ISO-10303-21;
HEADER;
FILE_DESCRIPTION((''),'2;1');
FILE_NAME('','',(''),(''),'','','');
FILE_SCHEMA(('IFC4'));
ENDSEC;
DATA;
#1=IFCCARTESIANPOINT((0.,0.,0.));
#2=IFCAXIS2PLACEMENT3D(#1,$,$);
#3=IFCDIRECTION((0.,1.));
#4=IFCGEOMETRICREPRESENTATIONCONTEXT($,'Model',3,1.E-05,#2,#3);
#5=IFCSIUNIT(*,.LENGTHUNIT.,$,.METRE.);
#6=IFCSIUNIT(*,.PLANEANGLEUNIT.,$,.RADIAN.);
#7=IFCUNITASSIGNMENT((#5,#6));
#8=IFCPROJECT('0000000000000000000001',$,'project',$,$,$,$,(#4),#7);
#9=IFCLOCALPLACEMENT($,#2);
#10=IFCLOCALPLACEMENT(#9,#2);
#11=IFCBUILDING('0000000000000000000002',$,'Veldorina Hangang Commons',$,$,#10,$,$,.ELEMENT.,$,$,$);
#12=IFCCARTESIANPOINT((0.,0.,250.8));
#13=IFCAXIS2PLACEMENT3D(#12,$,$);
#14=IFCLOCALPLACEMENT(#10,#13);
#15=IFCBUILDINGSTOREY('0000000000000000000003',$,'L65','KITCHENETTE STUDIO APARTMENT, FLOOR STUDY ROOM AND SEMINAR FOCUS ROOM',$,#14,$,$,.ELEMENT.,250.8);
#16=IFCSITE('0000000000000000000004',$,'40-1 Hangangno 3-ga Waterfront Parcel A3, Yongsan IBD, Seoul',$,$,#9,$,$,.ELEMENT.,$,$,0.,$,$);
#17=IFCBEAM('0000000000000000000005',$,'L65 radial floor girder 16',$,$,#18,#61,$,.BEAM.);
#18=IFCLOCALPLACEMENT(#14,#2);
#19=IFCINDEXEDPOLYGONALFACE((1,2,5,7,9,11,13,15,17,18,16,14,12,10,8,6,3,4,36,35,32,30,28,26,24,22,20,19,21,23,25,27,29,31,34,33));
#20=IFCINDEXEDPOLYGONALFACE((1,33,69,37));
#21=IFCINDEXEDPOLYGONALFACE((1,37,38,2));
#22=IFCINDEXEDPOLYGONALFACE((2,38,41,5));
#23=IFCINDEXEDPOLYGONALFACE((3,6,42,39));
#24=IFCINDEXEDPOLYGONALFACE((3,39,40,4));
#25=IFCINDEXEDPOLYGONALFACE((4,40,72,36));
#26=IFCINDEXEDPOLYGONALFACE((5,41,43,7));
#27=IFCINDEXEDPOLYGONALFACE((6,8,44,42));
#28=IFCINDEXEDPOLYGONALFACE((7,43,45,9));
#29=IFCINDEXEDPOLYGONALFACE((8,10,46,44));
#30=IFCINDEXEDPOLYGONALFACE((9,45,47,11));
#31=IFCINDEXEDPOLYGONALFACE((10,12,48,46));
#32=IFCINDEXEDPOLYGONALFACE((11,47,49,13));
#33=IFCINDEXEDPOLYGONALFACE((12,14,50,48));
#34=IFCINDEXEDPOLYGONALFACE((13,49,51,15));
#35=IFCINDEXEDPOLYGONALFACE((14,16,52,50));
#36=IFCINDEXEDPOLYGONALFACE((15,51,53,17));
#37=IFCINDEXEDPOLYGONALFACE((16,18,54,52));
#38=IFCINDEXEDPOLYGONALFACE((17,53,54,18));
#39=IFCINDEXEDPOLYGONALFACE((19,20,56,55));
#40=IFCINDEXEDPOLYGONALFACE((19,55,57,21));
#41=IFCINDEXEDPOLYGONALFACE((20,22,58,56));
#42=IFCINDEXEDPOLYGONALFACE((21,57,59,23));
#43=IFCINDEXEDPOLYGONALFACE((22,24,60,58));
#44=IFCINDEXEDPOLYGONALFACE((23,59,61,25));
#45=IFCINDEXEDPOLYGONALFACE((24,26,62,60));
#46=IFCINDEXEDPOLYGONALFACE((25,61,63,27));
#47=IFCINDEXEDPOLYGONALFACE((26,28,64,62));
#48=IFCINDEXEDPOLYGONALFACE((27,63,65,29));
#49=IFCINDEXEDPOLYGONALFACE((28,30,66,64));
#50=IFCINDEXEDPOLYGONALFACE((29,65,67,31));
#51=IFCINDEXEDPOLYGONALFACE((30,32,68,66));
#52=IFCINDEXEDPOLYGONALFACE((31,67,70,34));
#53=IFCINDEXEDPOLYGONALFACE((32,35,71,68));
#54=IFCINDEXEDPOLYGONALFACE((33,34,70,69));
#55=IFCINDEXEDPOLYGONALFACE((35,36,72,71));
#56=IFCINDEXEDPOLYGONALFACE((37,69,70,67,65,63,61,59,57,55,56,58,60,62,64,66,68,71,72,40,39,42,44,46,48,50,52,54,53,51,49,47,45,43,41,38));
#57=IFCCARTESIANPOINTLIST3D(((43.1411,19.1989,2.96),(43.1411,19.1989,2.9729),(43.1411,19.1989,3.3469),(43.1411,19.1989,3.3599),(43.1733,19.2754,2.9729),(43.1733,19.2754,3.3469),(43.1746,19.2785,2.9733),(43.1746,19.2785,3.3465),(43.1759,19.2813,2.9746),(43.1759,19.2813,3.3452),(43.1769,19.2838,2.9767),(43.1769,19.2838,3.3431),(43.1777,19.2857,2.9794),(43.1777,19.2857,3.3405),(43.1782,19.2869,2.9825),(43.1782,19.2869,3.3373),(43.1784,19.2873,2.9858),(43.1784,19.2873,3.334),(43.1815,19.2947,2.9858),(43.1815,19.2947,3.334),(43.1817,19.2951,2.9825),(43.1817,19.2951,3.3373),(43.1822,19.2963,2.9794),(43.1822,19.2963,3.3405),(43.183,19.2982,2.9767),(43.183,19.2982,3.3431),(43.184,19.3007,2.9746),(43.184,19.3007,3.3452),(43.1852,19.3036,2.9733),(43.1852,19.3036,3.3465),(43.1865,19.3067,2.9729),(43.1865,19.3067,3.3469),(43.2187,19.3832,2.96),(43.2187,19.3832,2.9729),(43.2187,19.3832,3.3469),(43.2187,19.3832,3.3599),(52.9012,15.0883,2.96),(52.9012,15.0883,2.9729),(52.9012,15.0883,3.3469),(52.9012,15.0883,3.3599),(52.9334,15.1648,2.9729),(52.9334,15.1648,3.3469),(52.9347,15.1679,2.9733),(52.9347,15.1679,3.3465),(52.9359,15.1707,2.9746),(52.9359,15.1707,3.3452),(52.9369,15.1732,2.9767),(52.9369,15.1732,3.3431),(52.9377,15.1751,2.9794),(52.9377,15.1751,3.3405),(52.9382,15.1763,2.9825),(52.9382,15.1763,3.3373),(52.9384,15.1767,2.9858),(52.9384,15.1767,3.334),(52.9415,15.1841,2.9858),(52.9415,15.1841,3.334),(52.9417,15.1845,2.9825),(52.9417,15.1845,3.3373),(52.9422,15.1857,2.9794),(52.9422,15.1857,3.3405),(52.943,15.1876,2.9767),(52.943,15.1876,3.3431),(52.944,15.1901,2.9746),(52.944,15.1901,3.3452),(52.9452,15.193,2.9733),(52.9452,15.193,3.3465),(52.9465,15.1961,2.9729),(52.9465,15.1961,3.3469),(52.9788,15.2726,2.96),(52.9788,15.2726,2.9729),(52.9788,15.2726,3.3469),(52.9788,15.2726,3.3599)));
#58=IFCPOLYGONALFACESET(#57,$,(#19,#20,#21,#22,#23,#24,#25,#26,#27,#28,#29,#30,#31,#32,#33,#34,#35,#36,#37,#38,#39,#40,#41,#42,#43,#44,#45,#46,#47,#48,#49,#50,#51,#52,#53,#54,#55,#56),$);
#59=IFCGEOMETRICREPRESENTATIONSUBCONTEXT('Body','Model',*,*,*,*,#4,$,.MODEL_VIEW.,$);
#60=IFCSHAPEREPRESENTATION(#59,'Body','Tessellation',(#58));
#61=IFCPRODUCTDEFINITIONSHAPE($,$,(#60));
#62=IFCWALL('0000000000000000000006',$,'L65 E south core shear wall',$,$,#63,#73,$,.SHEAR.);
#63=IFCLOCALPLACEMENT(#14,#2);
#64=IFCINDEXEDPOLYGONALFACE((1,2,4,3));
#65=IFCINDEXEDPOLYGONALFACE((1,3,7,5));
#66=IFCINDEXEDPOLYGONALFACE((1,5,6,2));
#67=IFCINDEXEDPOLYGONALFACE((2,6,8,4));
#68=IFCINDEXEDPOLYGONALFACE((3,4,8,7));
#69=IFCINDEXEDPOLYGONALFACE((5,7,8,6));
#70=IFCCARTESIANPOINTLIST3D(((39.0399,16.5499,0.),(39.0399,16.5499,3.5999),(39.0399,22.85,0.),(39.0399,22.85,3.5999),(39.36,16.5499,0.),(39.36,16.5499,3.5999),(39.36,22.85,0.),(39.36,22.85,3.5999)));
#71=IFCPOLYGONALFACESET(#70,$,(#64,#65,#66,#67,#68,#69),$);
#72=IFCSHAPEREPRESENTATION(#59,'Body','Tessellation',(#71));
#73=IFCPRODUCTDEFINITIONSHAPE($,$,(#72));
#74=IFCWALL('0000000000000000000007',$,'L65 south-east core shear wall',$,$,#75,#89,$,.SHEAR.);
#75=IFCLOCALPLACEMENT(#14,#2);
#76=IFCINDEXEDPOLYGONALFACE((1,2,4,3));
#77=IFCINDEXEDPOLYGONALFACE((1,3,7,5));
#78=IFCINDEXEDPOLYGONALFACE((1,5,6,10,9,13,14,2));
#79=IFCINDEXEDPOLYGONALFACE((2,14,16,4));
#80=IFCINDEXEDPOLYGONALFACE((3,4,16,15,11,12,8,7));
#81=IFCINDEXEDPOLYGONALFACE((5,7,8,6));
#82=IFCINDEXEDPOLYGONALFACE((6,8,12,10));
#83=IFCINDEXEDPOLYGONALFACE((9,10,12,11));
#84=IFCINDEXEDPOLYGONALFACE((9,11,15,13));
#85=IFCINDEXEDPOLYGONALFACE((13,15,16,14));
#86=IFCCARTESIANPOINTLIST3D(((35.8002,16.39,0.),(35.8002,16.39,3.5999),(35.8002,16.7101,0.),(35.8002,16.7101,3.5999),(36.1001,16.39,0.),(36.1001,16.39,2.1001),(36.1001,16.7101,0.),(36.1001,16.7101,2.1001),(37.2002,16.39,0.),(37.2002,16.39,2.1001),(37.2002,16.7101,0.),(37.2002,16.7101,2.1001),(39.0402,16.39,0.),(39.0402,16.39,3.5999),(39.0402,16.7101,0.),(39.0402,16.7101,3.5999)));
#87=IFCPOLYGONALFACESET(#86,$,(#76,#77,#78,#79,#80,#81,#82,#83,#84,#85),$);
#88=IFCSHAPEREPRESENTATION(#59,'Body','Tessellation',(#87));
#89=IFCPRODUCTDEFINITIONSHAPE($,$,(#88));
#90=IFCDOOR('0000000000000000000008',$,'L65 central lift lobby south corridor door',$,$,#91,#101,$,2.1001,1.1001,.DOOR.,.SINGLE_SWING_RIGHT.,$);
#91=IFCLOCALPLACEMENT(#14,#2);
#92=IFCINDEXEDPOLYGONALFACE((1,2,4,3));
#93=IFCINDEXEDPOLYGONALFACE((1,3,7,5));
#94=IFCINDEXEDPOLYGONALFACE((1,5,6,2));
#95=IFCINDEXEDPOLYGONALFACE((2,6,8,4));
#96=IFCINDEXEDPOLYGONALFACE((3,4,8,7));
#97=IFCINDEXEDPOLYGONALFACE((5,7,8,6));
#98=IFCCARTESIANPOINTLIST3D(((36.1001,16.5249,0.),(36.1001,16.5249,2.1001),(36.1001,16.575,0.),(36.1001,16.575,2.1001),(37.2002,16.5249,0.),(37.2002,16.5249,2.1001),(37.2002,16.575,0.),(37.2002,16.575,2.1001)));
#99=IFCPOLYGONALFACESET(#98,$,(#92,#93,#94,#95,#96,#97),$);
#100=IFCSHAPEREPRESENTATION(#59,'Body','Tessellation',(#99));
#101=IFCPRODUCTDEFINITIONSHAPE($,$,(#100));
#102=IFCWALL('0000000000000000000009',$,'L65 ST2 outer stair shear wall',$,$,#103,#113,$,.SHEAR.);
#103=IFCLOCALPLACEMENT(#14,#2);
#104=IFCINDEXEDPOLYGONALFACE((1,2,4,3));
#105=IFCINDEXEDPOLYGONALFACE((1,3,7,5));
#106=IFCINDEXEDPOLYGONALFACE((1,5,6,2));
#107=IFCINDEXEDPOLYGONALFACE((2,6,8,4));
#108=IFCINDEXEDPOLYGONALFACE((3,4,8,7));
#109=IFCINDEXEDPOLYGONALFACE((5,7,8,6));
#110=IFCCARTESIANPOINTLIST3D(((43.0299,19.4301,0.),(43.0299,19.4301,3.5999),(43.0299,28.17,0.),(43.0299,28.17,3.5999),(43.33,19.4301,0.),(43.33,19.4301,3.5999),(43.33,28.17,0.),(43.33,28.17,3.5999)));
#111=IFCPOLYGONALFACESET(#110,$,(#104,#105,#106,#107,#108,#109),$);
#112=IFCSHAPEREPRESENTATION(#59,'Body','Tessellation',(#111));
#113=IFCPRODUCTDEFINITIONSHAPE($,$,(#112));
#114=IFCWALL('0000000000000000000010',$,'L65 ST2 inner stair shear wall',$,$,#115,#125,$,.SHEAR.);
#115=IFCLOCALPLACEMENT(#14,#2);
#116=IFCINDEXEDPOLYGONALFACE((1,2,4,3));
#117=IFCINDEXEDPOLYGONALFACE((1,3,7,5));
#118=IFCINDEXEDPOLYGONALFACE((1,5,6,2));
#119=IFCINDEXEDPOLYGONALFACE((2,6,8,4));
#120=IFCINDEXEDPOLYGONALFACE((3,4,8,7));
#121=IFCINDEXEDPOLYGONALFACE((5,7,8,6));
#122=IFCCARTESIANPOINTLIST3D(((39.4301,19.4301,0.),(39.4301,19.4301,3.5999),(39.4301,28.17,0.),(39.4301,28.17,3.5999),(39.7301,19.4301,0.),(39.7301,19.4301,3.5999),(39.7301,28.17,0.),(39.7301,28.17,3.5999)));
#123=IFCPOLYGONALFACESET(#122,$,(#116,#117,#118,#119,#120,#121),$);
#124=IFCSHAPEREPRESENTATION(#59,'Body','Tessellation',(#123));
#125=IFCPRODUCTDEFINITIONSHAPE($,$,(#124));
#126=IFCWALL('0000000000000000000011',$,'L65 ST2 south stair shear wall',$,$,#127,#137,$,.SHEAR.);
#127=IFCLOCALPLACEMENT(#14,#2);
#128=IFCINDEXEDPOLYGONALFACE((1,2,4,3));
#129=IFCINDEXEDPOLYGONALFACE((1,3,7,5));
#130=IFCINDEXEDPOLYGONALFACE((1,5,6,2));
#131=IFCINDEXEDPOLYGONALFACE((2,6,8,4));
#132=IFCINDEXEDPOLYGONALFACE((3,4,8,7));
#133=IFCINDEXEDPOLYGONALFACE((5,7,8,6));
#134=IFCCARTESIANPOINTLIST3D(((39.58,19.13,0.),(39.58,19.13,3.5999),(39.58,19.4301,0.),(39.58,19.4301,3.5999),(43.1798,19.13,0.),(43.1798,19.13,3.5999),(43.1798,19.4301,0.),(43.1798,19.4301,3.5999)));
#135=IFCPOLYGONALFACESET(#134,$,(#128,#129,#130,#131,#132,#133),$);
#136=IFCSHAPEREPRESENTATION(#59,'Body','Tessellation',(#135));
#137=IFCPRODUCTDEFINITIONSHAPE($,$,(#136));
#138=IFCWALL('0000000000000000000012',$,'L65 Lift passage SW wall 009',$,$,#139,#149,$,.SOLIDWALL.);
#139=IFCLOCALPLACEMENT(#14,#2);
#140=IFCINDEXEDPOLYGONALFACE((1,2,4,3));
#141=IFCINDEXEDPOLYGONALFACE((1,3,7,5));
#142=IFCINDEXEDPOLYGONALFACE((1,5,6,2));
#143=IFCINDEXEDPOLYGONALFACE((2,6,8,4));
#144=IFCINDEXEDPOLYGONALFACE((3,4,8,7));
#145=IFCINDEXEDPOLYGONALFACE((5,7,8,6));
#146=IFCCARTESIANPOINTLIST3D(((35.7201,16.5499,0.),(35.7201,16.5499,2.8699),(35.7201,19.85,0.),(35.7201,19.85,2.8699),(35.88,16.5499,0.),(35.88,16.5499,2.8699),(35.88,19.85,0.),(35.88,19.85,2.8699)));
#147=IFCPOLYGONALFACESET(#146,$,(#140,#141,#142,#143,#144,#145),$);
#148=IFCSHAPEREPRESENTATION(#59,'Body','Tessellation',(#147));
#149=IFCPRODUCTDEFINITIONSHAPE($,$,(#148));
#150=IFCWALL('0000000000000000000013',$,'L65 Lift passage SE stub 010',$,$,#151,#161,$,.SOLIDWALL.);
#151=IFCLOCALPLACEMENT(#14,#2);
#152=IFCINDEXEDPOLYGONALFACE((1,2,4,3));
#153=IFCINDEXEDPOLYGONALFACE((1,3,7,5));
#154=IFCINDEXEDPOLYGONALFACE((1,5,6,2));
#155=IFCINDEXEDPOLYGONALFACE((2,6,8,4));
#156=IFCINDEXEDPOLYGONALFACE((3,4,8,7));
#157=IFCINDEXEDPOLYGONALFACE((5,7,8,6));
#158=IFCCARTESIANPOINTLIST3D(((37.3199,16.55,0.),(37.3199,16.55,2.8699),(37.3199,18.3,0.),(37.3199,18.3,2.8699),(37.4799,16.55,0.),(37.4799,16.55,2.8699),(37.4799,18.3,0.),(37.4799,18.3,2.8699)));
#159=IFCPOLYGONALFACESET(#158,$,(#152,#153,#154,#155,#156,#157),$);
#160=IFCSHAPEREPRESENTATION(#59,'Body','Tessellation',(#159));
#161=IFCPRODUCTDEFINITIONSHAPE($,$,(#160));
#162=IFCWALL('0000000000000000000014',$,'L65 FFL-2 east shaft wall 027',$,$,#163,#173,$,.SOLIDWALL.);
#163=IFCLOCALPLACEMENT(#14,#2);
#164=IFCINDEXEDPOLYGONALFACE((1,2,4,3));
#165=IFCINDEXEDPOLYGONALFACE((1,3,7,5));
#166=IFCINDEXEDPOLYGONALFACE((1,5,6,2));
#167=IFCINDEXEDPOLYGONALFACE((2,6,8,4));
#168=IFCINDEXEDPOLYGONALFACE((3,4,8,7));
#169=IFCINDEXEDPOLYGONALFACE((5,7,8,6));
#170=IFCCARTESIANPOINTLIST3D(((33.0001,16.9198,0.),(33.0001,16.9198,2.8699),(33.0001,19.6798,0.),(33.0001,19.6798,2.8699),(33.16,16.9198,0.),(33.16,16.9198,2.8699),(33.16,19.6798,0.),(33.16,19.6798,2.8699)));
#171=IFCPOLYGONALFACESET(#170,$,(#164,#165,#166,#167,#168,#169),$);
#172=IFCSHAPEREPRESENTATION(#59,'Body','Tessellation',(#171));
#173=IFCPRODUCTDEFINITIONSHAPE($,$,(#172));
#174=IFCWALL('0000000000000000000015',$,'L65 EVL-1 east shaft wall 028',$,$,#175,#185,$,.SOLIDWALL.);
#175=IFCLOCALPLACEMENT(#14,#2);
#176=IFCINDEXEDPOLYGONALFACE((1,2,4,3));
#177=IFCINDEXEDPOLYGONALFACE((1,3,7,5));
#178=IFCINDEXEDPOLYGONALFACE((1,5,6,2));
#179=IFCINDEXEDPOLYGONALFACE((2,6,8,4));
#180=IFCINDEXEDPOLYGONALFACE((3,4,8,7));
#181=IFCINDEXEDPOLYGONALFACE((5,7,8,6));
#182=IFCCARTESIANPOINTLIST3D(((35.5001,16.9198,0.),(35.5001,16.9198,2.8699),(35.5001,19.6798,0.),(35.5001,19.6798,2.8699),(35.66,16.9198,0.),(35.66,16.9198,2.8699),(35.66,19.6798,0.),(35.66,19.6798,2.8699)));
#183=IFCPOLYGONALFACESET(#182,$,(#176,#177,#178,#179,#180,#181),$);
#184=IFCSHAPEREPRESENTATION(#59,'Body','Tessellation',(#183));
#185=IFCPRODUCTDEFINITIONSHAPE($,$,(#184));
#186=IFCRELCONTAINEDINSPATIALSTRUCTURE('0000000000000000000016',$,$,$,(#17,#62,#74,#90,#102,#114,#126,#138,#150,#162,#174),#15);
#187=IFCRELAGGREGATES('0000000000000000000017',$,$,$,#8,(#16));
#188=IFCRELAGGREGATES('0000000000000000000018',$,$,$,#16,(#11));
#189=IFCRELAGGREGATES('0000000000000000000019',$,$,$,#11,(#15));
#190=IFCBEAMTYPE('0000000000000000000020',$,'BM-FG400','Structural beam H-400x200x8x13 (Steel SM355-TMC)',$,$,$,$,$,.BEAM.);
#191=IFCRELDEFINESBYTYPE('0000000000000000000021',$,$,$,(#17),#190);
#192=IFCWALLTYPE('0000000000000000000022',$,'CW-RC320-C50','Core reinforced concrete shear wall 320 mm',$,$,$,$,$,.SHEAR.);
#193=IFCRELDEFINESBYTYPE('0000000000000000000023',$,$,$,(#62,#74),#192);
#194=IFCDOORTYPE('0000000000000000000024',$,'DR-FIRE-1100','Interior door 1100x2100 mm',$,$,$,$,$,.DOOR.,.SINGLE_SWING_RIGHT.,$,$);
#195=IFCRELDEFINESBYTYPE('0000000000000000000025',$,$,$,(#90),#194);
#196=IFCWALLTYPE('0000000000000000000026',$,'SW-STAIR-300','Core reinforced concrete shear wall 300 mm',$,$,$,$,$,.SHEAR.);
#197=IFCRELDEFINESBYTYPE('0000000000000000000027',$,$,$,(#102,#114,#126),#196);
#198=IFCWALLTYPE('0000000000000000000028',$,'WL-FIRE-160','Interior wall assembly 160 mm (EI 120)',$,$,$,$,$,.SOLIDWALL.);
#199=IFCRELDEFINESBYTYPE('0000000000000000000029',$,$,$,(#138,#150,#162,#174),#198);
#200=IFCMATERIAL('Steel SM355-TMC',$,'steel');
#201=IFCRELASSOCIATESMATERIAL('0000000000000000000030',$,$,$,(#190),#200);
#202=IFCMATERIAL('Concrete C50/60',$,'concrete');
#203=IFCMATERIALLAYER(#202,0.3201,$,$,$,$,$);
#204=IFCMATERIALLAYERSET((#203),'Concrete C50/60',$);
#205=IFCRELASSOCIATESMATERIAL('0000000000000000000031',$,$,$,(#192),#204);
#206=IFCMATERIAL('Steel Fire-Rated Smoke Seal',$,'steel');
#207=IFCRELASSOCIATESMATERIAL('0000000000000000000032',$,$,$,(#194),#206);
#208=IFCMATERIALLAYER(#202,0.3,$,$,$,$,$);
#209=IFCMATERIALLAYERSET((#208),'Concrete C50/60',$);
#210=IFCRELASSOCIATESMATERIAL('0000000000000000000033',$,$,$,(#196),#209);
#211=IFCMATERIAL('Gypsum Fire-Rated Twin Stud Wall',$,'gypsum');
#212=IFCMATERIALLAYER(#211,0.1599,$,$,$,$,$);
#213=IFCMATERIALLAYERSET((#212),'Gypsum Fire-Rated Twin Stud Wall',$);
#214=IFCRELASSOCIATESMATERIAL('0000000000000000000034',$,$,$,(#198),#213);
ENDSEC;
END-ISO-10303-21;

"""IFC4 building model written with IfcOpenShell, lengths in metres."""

from ifc_helpers import new_model, si_unit, direction, frame, frame_2d, origin, origin_2d, place, context, subcontext, project, spatial, rectangle, i_section, extrude, material, layer, layer_set, material_profile, profile_set, type_object, element, fill, save


model = new_model("IFC4")

# Units and contexts
model_context = context("Model", 3, precision=1e-05, world=origin(), true_north=direction((0.0, 1.0)))
body_context = subcontext(model_context, "Body", "Model", "MODEL_VIEW")
ifc_project = project(units=[si_unit("LENGTHUNIT", "METRE"), si_unit("PLANEANGLEUNIT", "RADIAN")], contexts=[model_context])

# Site, building, storey
site_placement = place(None, origin())
site = spatial("IfcSite", under=ifc_project, at=site_placement, Name="40-1 Hangangno 3-ga Waterfront Parcel A3, Yongsan IBD, Seoul", CompositionType="ELEMENT", RefElevation=0.0)
building_placement = place(site_placement, origin())
building = spatial("IfcBuilding", under=site, at=building_placement, Name="Veldorina Hangang Commons", CompositionType="ELEMENT")
storey_placement = place(building_placement, frame((0.0, 0.0, 250.8)))
storey = spatial("IfcBuildingStorey", under=building, at=storey_placement, Name="L65", Description="KITCHENETTE STUDIO APARTMENT, FLOOR STUDY ROOM AND SEMINAR FOCUS ROOM", CompositionType="ELEMENT", Elevation=250.8)

# Beam
ifc_material_1 = material(Name="Concrete C50/60", Category="concrete")
ifc_material_2 = material(Name="Steel SM355-TMC", Category="steel")
ifc_material_profile_1 = material_profile(ifc_material_2, i_section(OverallWidth=0.2, OverallDepth=0.3999, WebThickness=0.0081, FlangeThickness=0.0129, FilletRadius=0.0129, at=origin_2d()), Name="H-400x200x8x13")
ifc_profile_set_1 = profile_set([ifc_material_profile_1], Name="Steel SM355-TMC")
beam_type_1 = type_object("IfcBeamType", Name="BM-FG400", Description="Structural beam H-400x200x8x13 (Steel SM355-TMC)", PredefinedType="BEAM", material=ifc_profile_set_1)
beam_1_placement = place(storey_placement, frame((43.1799, 19.291, 3.1599), z_axis=(0.921598, -0.388147, 0.0), x_axis=(0.388147, 0.921598, 0.0)))
element("IfcBeam", 1, at=beam_1_placement, inside=storey, type_object=beam_type_1, Name="L65 radial floor girder 16", PredefinedType="BEAM", context=body_context, shape_type="SweptSolid", body=[
    extrude(i_section(OverallWidth=0.2, OverallDepth=0.3999, WebThickness=0.0081, FlangeThickness=0.0129, FilletRadius=0.0129, at=origin_2d()), origin(), (0.0, 0.0, 1.0), 10.5903),
])

# Wall
ifc_layer_1 = layer(ifc_material_1, 0.3201)
ifc_layer_set_1 = layer_set([ifc_layer_1], Name="Concrete C50/60")
wall_type_1 = type_object("IfcWallType", Name="CW-RC320-C50", Description="Core reinforced concrete shear wall 320 mm", PredefinedType="SHEAR", material=ifc_layer_set_1)
wall_1_placement = place(storey_placement, frame((39.2, 16.55, 0.0), z_axis=(0.0, 0.0, 1.0), x_axis=(0.0, 1.0, 0.0)))
element("IfcWall", 2, at=wall_1_placement, inside=storey, type_object=wall_type_1, Name="L65 E south core shear wall", PredefinedType="SHEAR", context=body_context, shape_type="SweptSolid", body=[
    extrude(rectangle(XDim=6.3, YDim=0.3201, at=frame_2d((3.1499, 0.0))), origin(), (0.0, 0.0, 1.0), 3.5999),
])

# Wall, opening, door
wall_2_placement = place(storey_placement, frame((35.8, 16.55, 0.0), z_axis=(0.0, 0.0, 1.0), x_axis=(1.0, 0.0, 0.0)))
wall_2 = element("IfcWall", 3, at=wall_2_placement, inside=storey, type_object=wall_type_1, Name="L65 south-east core shear wall", PredefinedType="SHEAR", context=body_context, shape_type="SweptSolid", body=[
    extrude(rectangle(XDim=3.24, YDim=0.3201, at=frame_2d((1.6201, 0.0))), origin(), (0.0, 0.0, 1.0), 3.5999),
])
opening_1_placement = place(wall_2_placement, frame((0.3, 0.0, 0.0)))
opening_1 = element("IfcOpeningElement", 4, at=opening_1_placement, cuts=wall_2, PredefinedType="OPENING", context=body_context, shape_type="SweptSolid", body=[
    extrude(rectangle(XDim=1.1001, YDim=2.1001, at=frame_2d((0.55, 1.05))), frame((0.0, 0.1699, 0.0), z_axis=(0.0, -1.0, 0.0), x_axis=(1.0, 0.0, 0.0)), (0.0, 0.0, 1.0), 0.3401),
])
ifc_material_3 = material(Name="Steel Fire-Rated Smoke Seal", Category="steel")
door_type_1 = type_object("IfcDoorType", Name="DR-FIRE-1100", Description="Interior door 1100x2100 mm", OperationType="SINGLE_SWING_RIGHT", PredefinedType="DOOR", material=ifc_material_3)
door_1_placement = place(opening_1_placement, origin())
door_1 = element("IfcDoor", 5, at=door_1_placement, inside=storey, type_object=door_type_1, Name="L65 central lift lobby south corridor door", OperationType="SINGLE_SWING_RIGHT", OverallHeight=2.1001, OverallWidth=1.1001, PredefinedType="DOOR", context=body_context, shape_type="SweptSolid", body=[
    extrude(rectangle(XDim=1.1001, YDim=2.1001, at=frame_2d((0.55, 1.05))), frame((0.0, 0.0249, 0.0), z_axis=(0.0, -1.0, 0.0), x_axis=(1.0, 0.0, 0.0)), (0.0, 0.0, 1.0), 0.05),
])
fill(opening_1, door_1)

# Walls
ifc_layer_2 = layer(ifc_material_1, 0.3)
ifc_layer_set_2 = layer_set([ifc_layer_2], Name="Concrete C50/60")
wall_type_2 = type_object("IfcWallType", Name="SW-STAIR-300", Description="Core reinforced concrete shear wall 300 mm", PredefinedType="SHEAR", material=ifc_layer_set_2)
for number, where, z_axis, x_axis, name in (
    (6, (43.1799, 19.4299, 0.0), (0.0, 0.0, 1.0), (0.0, 1.0, 0.0), "L65 ST2 outer stair shear wall"),
    (7, (39.5801, 19.4299, 0.0), (0.0, 0.0, 1.0), (0.0, 1.0, 0.0), "L65 ST2 inner stair shear wall"),
):
    element("IfcWall", number, at=place(storey_placement, frame(where, z_axis=z_axis, x_axis=x_axis)), inside=storey, type_object=wall_type_2, Name=name, PredefinedType="SHEAR", context=body_context, shape_type="SweptSolid", body=[
        extrude(rectangle(XDim=8.74, YDim=0.3, at=frame_2d((4.3701, 0.0))), origin(), (0.0, 0.0, 1.0), 3.5999),
    ])
wall_3_placement = place(storey_placement, frame((39.5801, 19.28, 0.0), z_axis=(0.0, 0.0, 1.0), x_axis=(1.0, 0.0, 0.0)))
element("IfcWall", 8, at=wall_3_placement, inside=storey, type_object=wall_type_2, Name="L65 ST2 south stair shear wall", PredefinedType="SHEAR", context=body_context, shape_type="SweptSolid", body=[
    extrude(rectangle(XDim=3.5999, YDim=0.3, at=frame_2d((1.7998, 0.0))), origin(), (0.0, 0.0, 1.0), 3.5999),
])
ifc_material_4 = material(Name="Gypsum Fire-Rated Twin Stud Wall", Category="gypsum")
ifc_layer_3 = layer(ifc_material_4, 0.1599)
ifc_layer_set_3 = layer_set([ifc_layer_3], Name="Gypsum Fire-Rated Twin Stud Wall")
wall_type_3 = type_object("IfcWallType", Name="WL-FIRE-160", Description="Interior wall assembly 160 mm (EI 120)", PredefinedType="SOLIDWALL", material=ifc_layer_set_3)
wall_4_placement = place(storey_placement, frame((35.8, 16.55, 0.0), z_axis=(0.0, 0.0, 1.0), x_axis=(0.0, 1.0, 0.0)))
element("IfcWall", 9, at=wall_4_placement, inside=storey, type_object=wall_type_3, Name="L65 Lift passage SW wall 009", PredefinedType="SOLIDWALL", context=body_context, shape_type="SweptSolid", body=[
    extrude(rectangle(XDim=3.3, YDim=0.1599, at=frame_2d((1.6499, 0.0))), origin(), (0.0, 0.0, 1.0), 2.8699),
])
wall_5_placement = place(storey_placement, frame((37.3999, 16.55, 0.0), z_axis=(0.0, 0.0, 1.0), x_axis=(0.0, 1.0, 0.0)))
element("IfcWall", 10, at=wall_5_placement, inside=storey, type_object=wall_type_3, Name="L65 Lift passage SE stub 010", PredefinedType="SOLIDWALL", context=body_context, shape_type="SweptSolid", body=[
    extrude(rectangle(XDim=1.75, YDim=0.1599, at=frame_2d((0.875, 0.0))), origin(), (0.0, 0.0, 1.0), 2.8699),
])
for number, where, z_axis, x_axis, name in (
    (11, (33.0801, 16.9199, 0.0), (0.0, 0.0, 1.0), (0.0, 1.0, 0.0), "L65 FFL-2 east shaft wall 027"),
    (12, (35.5801, 16.9199, 0.0), (0.0, 0.0, 1.0), (0.0, 1.0, 0.0), "L65 EVL-1 east shaft wall 028"),
):
    element("IfcWall", number, at=place(storey_placement, frame(where, z_axis=z_axis, x_axis=x_axis)), inside=storey, type_object=wall_type_3, Name=name, PredefinedType="SOLIDWALL", context=body_context, shape_type="SweptSolid", body=[
        extrude(rectangle(XDim=2.76, YDim=0.1599, at=frame_2d((1.3799, 0.0))), origin(), (0.0, 0.0, 1.0), 2.8699),
    ])

save(model, "model.ifc")
